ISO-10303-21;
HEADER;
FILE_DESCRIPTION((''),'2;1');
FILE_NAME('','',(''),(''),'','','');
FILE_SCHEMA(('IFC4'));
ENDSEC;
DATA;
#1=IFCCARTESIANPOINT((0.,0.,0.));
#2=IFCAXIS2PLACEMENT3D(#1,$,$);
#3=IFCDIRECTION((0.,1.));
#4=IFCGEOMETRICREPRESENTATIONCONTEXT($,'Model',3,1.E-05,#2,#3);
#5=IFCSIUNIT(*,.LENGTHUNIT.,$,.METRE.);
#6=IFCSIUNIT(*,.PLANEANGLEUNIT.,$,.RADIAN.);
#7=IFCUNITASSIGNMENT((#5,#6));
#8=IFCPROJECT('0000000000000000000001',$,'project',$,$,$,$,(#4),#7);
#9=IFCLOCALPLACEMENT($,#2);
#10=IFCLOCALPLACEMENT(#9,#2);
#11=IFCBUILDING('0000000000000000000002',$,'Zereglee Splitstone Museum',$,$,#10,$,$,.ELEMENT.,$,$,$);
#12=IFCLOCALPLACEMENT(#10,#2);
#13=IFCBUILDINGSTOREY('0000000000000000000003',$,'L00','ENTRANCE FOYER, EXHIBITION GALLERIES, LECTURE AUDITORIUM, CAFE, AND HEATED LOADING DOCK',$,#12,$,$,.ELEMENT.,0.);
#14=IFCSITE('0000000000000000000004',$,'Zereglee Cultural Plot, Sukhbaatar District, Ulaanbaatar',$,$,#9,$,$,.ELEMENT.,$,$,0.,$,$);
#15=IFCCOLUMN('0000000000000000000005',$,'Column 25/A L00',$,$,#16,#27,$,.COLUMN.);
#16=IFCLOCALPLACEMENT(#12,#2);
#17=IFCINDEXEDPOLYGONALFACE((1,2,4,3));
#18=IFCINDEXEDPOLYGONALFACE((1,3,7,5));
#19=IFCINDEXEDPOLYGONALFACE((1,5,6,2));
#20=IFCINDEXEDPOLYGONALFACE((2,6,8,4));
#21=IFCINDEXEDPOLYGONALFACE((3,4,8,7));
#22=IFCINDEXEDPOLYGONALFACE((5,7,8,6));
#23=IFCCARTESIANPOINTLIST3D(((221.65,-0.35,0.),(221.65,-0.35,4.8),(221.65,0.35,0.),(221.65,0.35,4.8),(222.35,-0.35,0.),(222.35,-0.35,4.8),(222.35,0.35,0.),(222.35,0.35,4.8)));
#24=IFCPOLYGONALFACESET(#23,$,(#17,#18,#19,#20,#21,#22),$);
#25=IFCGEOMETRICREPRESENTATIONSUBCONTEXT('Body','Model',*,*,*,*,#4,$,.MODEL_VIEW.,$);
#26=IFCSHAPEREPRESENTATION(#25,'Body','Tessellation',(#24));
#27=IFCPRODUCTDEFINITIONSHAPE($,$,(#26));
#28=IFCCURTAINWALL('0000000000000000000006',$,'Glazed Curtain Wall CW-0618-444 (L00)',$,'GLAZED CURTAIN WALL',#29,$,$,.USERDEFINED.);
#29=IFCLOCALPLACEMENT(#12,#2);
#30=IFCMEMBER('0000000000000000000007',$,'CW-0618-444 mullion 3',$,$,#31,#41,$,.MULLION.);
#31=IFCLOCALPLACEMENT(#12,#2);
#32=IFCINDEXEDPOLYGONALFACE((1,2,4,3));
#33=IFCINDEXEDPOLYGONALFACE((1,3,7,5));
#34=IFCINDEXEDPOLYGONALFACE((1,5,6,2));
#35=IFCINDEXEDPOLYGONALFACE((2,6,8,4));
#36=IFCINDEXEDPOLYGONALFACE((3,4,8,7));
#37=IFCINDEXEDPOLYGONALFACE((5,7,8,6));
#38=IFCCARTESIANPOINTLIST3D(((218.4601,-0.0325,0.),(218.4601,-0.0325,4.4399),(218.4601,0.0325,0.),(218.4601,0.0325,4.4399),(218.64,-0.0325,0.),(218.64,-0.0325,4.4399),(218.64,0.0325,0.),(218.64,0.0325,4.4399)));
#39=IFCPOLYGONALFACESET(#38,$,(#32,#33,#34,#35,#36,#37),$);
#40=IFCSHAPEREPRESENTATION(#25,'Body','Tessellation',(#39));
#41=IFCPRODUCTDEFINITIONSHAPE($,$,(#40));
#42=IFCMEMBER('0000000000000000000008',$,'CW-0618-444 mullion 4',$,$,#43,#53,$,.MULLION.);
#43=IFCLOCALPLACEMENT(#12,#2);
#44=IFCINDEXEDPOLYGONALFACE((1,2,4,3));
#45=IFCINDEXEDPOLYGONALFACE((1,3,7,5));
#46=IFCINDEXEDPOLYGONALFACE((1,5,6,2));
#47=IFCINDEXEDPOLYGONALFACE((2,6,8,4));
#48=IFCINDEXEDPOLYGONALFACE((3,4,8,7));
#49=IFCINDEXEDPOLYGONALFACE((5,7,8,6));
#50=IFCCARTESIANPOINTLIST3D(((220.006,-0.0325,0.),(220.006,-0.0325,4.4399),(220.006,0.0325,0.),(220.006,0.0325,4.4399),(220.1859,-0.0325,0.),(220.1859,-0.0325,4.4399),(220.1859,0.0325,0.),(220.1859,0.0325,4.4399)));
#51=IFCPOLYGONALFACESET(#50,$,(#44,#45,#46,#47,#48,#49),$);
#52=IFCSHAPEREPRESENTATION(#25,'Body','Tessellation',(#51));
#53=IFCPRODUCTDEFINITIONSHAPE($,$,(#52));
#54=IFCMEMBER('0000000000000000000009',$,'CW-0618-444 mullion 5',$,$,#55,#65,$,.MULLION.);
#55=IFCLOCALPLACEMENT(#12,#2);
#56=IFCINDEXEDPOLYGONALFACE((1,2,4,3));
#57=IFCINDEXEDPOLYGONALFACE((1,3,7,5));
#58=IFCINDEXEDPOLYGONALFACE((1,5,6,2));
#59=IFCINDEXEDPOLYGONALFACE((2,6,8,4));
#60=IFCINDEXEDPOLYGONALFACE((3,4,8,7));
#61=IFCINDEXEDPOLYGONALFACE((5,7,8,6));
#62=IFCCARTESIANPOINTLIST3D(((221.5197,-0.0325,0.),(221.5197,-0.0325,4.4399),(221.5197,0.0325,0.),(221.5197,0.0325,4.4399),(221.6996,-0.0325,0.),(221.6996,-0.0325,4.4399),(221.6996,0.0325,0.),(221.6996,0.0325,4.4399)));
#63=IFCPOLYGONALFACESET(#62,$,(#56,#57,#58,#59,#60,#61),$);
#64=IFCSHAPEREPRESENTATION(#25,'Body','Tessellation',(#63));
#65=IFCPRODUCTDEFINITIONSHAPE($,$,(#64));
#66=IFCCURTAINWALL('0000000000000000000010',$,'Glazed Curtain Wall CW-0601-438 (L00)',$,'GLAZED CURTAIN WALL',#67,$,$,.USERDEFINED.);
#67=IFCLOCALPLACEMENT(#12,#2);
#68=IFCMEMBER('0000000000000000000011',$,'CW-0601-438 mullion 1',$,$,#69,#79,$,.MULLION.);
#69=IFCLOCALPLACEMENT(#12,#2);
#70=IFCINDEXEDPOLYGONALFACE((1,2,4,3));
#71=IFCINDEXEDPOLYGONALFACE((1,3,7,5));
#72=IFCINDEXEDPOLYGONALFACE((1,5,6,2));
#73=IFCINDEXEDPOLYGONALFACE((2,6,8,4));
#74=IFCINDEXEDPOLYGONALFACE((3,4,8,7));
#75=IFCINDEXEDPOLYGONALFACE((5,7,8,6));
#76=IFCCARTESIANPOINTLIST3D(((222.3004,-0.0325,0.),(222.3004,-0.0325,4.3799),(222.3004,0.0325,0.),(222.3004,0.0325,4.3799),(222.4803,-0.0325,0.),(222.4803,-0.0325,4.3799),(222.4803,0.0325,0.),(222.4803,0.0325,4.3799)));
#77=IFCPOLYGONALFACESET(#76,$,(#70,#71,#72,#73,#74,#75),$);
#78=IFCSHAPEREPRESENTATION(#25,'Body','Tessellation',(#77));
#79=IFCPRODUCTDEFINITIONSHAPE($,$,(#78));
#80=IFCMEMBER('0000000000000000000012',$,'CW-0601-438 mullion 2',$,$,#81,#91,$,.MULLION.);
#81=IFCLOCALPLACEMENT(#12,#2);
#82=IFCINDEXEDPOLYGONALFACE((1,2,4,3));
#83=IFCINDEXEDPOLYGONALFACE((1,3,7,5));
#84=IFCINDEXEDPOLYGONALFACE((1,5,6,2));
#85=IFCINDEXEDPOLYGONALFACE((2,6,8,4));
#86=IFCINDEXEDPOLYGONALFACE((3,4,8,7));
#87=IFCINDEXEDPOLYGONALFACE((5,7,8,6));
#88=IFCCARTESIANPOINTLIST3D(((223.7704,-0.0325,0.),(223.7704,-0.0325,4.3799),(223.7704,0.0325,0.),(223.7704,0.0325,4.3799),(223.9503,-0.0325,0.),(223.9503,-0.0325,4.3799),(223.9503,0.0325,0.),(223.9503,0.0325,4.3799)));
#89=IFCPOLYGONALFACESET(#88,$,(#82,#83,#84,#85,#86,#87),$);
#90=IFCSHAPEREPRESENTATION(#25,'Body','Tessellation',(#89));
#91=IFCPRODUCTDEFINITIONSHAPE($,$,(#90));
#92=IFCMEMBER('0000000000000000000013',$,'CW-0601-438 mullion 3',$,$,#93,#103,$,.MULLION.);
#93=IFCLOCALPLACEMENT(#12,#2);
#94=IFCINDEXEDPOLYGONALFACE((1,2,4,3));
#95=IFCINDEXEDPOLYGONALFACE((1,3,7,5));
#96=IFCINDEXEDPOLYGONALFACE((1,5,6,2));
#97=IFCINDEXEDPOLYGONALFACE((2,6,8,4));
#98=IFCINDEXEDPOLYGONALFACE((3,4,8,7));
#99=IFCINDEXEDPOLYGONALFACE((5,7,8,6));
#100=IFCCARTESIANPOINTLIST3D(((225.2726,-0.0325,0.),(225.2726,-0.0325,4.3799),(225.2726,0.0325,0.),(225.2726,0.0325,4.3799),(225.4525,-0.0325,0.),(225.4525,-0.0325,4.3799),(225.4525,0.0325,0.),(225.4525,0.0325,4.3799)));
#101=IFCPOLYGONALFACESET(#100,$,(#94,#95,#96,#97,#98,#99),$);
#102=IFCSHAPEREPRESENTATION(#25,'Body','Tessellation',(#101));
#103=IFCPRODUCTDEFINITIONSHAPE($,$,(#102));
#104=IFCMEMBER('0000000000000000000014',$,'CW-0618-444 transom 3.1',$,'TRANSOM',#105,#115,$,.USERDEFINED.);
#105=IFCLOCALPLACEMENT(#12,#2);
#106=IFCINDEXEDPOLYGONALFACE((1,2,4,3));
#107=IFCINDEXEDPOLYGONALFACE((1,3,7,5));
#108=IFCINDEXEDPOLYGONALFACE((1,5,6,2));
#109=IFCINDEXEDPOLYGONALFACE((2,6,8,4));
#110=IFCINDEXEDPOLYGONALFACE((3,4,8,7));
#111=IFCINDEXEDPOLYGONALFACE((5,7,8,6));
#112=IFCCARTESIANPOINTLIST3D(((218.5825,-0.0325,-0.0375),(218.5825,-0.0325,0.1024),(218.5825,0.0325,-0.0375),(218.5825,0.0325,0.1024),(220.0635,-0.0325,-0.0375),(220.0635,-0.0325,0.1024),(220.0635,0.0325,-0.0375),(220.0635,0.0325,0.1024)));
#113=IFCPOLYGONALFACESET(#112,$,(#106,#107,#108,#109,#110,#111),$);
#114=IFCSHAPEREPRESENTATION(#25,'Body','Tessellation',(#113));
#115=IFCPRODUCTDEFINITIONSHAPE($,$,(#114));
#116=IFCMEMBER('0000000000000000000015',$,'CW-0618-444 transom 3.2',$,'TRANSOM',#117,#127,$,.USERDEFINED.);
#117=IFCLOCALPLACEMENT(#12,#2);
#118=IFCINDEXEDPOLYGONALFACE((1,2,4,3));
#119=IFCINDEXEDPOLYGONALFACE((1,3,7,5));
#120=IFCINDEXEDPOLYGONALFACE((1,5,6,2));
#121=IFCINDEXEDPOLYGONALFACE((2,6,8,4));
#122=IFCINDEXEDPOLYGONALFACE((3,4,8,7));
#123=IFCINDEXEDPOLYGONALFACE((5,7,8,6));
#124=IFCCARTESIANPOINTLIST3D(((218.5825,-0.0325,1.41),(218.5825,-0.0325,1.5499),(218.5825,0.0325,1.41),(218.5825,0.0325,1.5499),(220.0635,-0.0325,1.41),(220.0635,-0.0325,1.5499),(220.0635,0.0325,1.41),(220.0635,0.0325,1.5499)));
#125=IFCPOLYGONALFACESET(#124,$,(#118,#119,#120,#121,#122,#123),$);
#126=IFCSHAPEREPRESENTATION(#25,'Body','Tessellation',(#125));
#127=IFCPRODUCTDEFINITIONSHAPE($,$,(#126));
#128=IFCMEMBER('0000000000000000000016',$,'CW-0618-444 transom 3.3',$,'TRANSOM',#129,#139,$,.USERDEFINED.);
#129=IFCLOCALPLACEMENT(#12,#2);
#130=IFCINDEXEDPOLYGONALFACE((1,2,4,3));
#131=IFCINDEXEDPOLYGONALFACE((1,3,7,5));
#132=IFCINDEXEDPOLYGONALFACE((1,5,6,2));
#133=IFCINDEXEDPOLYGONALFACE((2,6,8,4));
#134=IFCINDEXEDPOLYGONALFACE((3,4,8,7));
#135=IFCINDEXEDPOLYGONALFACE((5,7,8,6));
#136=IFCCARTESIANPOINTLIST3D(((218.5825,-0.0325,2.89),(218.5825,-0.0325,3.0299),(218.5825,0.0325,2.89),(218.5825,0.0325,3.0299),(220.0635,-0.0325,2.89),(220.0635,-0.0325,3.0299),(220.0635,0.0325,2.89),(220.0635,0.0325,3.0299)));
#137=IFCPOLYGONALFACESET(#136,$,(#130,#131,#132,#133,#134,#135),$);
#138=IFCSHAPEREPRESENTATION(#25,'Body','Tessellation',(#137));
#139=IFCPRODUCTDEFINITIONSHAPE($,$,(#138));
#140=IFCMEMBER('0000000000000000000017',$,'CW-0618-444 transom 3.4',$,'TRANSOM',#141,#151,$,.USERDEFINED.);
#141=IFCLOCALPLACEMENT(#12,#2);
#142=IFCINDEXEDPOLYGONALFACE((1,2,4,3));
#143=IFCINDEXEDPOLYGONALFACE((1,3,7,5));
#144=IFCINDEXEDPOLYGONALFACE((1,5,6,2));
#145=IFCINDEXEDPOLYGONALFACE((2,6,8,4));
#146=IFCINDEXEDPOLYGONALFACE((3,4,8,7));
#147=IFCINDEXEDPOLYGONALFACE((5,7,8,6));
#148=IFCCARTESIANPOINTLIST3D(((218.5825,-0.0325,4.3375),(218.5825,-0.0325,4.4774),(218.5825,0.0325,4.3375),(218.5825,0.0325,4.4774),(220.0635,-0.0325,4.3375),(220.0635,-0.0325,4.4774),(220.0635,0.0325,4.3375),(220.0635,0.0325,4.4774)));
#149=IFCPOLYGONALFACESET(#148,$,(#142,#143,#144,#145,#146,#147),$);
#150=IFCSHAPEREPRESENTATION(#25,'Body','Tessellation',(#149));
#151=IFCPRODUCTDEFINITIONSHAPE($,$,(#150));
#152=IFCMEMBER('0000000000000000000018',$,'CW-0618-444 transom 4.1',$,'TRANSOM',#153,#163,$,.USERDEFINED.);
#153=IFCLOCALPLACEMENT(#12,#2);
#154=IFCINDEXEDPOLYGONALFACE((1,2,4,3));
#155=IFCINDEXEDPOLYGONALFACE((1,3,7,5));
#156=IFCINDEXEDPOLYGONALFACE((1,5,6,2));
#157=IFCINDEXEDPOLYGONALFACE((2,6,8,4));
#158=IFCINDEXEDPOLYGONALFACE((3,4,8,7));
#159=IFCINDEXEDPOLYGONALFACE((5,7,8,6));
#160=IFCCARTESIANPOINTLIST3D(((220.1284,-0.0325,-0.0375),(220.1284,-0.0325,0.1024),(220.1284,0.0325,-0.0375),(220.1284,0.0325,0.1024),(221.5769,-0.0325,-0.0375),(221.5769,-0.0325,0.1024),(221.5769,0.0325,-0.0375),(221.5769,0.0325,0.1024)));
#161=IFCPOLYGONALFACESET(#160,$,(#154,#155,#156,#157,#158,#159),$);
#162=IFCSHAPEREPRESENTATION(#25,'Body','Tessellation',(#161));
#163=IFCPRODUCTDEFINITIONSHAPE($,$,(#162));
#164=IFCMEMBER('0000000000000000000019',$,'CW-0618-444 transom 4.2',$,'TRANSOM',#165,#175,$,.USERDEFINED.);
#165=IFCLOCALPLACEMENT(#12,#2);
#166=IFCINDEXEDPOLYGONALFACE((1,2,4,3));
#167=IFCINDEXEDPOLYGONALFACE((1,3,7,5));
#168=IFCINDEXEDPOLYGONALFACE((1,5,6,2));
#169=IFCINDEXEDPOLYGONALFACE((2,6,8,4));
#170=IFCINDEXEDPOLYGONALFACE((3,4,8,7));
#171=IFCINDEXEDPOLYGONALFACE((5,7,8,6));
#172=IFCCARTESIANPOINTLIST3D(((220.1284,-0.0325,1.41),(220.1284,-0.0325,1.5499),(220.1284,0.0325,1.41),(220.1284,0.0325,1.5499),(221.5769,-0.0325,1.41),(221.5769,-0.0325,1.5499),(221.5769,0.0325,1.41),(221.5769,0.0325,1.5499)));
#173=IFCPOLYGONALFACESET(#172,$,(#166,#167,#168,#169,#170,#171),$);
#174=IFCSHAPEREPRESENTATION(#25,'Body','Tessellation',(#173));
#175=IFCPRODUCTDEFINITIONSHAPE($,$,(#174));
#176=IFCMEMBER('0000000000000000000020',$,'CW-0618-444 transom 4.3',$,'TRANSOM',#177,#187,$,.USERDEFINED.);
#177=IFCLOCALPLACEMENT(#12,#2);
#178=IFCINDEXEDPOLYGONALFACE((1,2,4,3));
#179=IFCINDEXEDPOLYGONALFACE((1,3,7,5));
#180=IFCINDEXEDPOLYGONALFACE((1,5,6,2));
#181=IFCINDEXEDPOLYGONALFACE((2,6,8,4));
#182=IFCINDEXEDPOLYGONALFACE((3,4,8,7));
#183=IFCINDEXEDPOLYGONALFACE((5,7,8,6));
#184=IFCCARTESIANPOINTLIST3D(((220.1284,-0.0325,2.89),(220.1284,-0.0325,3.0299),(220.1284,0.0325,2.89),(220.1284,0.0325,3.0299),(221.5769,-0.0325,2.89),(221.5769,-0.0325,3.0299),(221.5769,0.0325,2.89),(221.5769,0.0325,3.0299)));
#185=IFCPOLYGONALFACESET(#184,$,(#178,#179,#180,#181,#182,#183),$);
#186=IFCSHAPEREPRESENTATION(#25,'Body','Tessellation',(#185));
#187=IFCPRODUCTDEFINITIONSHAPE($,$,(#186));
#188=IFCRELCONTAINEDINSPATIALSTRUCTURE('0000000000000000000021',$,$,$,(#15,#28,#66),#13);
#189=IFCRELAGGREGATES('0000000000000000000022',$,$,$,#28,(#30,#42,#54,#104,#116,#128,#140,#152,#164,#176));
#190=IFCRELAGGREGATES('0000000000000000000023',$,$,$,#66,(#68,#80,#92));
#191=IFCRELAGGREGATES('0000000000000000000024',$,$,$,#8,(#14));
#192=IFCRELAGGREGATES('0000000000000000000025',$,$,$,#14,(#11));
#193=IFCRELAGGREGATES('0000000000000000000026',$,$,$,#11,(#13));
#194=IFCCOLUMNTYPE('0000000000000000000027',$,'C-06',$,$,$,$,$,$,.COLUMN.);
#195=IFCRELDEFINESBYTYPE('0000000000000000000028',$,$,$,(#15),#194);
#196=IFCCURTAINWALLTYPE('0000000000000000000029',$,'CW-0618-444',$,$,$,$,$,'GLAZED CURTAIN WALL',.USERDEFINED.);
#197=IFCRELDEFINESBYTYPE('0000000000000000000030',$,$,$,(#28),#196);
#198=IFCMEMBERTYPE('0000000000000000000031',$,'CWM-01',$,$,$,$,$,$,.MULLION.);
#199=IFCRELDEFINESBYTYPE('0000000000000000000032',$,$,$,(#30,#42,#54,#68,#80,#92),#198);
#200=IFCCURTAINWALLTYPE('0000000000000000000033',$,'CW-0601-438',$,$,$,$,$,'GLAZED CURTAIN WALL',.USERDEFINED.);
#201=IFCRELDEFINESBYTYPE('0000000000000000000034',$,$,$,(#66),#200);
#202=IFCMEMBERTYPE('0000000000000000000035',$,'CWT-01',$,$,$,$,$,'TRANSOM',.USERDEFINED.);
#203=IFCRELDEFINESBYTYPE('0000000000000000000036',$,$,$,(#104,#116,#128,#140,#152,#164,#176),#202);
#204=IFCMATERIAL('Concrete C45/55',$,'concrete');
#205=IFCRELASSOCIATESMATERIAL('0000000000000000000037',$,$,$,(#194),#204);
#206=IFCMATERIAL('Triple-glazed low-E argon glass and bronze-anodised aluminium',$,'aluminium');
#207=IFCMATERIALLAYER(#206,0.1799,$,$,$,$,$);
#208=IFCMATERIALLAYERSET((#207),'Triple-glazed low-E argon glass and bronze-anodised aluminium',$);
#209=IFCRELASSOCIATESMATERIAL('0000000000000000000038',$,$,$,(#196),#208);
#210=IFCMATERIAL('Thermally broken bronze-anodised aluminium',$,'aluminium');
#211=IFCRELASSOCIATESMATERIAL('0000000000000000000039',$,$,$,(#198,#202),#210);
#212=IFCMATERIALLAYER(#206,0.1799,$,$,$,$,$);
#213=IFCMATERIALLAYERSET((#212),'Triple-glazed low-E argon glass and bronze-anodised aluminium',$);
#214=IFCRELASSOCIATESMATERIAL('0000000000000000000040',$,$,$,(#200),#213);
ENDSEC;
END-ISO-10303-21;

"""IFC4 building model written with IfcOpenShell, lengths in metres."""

from ifc_helpers import new_model, si_unit, direction, frame, origin, origin_2d, place, context, subcontext, project, spatial, rectangle, extrude, material, layer, layer_set, material_profile, profile_set, type_object, element, aggregate, save


model = new_model("IFC4")

# Units and contexts
model_context = context("Model", 3, precision=1e-05, world=origin(), true_north=direction((0.0, 1.0)))
body_context = subcontext(model_context, "Body", "Model", "MODEL_VIEW")
ifc_project = project(units=[si_unit("LENGTHUNIT", "METRE"), si_unit("PLANEANGLEUNIT", "RADIAN")], contexts=[model_context])

# Site, building, storey
site_placement = place(None, origin())
site = spatial("IfcSite", under=ifc_project, at=site_placement, Name="Zereglee Cultural Plot, Sukhbaatar District, Ulaanbaatar", CompositionType="ELEMENT", RefElevation=0.0)
building_placement = place(site_placement, origin())
building = spatial("IfcBuilding", under=site, at=building_placement, Name="Zereglee Splitstone Museum", CompositionType="ELEMENT")
storey_placement = place(building_placement, origin())
storey = spatial("IfcBuildingStorey", under=building, at=storey_placement, Name="L00", Description="ENTRANCE FOYER, EXHIBITION GALLERIES, LECTURE AUDITORIUM, CAFE, AND HEATED LOADING DOCK", CompositionType="ELEMENT", Elevation=0.0)

# Column
ifc_material_1 = material(Name="Concrete C45/55", Category="concrete")
ifc_material_profile_1 = material_profile(ifc_material_1, rectangle(XDim=0.7, YDim=0.7, at=origin_2d()), Name="RC 700x700")
ifc_profile_set_1 = profile_set([ifc_material_profile_1], Name="Concrete C45/55")
column_type = type_object("IfcColumnType", Name="C-06", PredefinedType="COLUMN", material=ifc_profile_set_1)
column_placement = place(storey_placement, frame((222.0, 0.0, 0.0), z_axis=(0.0, 0.0, 1.0), x_axis=(1.0, 0.0, 0.0)))
element("IfcColumn", 1, at=column_placement, inside=storey, type_object=column_type, Name="Column 25/A L00", PredefinedType="COLUMN", context=body_context, shape_type="SweptSolid", body=[
    extrude(rectangle(XDim=0.7, YDim=0.7, at=origin_2d()), origin(), (0.0, 0.0, 1.0), 4.8),
])

# Curtain walls, members
ifc_material_2 = material(Name="Triple-glazed low-E argon glass and bronze-anodised aluminium", Category="aluminium")
ifc_layer_1 = layer(ifc_material_2, 0.1799)
ifc_layer_set_1 = layer_set([ifc_layer_1], Name="Triple-glazed low-E argon glass and bronze-anodised aluminium")
curtain_wall_type_1 = type_object("IfcCurtainWallType", Name="CW-0618-444", ElementType="GLAZED CURTAIN WALL", PredefinedType="USERDEFINED", material=ifc_layer_set_1)
curtain_wall_1_placement = place(storey_placement, origin())
curtain_wall_1 = element("IfcCurtainWall", 2, at=curtain_wall_1_placement, inside=storey, type_object=curtain_wall_type_1, Name="Glazed Curtain Wall CW-0618-444 (L00)", ObjectType="GLAZED CURTAIN WALL", PredefinedType="USERDEFINED")
ifc_material_3 = material(Name="Thermally broken bronze-anodised aluminium", Category="aluminium")
ifc_material_profile_2 = material_profile(ifc_material_3, rectangle(XDim=0.0649, YDim=0.1799, at=origin_2d()), Name="CW MULL 65x180")
ifc_profile_set_2 = profile_set([ifc_material_profile_2], Name="Thermally broken bronze-anodised aluminium")
member_type_1 = type_object("IfcMemberType", Name="CWM-01", PredefinedType="MULLION", material=ifc_profile_set_2)
member_1_placement = place(storey_placement, frame((218.55, 0.0, 0.0), z_axis=(0.0, 0.0, 1.0), x_axis=(0.0, 1.0, 0.0)))
member_1 = element("IfcMember", 3, at=member_1_placement, type_object=member_type_1, Name="CW-0618-444 mullion 3", PredefinedType="MULLION", context=body_context, shape_type="SweptSolid", body=[
    extrude(rectangle(XDim=0.0649, YDim=0.1799, at=origin_2d()), origin(), (0.0, 0.0, 1.0), 4.4399),
])
member_2_placement = place(storey_placement, frame((220.0959, 0.0, 0.0), z_axis=(0.0, 0.0, 1.0), x_axis=(0.0, 1.0, 0.0)))
member_2 = element("IfcMember", 4, at=member_2_placement, type_object=member_type_1, Name="CW-0618-444 mullion 4", PredefinedType="MULLION", context=body_context, shape_type="SweptSolid", body=[
    extrude(rectangle(XDim=0.0649, YDim=0.1799, at=origin_2d()), origin(), (0.0, 0.0, 1.0), 4.4399),
])
member_3_placement = place(storey_placement, frame((221.6096, 0.0, 0.0), z_axis=(0.0, 0.0, 1.0), x_axis=(0.0, 1.0, 0.0)))
member_3 = element("IfcMember", 5, at=member_3_placement, type_object=member_type_1, Name="CW-0618-444 mullion 5", PredefinedType="MULLION", context=body_context, shape_type="SweptSolid", body=[
    extrude(rectangle(XDim=0.0649, YDim=0.1799, at=origin_2d()), origin(), (0.0, 0.0, 1.0), 4.4399),
])
ifc_layer_2 = layer(ifc_material_2, 0.1799)
ifc_layer_set_2 = layer_set([ifc_layer_2], Name="Triple-glazed low-E argon glass and bronze-anodised aluminium")
curtain_wall_type_2 = type_object("IfcCurtainWallType", Name="CW-0601-438", ElementType="GLAZED CURTAIN WALL", PredefinedType="USERDEFINED", material=ifc_layer_set_2)
curtain_wall_2_placement = place(storey_placement, origin())
curtain_wall_2 = element("IfcCurtainWall", 6, at=curtain_wall_2_placement, inside=storey, type_object=curtain_wall_type_2, Name="Glazed Curtain Wall CW-0601-438 (L00)", ObjectType="GLAZED CURTAIN WALL", PredefinedType="USERDEFINED")
member_4_placement = place(storey_placement, frame((222.3904, 0.0, 0.0), z_axis=(0.0, 0.0, 1.0), x_axis=(0.0, 1.0, 0.0)))
member_4 = element("IfcMember", 7, at=member_4_placement, type_object=member_type_1, Name="CW-0601-438 mullion 1", PredefinedType="MULLION", context=body_context, shape_type="SweptSolid", body=[
    extrude(rectangle(XDim=0.0649, YDim=0.1799, at=origin_2d()), origin(), (0.0, 0.0, 1.0), 4.3799),
])
member_5_placement = place(storey_placement, frame((223.8604, 0.0, 0.0), z_axis=(0.0, 0.0, 1.0), x_axis=(0.0, 1.0, 0.0)))
member_5 = element("IfcMember", 8, at=member_5_placement, type_object=member_type_1, Name="CW-0601-438 mullion 2", PredefinedType="MULLION", context=body_context, shape_type="SweptSolid", body=[
    extrude(rectangle(XDim=0.0649, YDim=0.1799, at=origin_2d()), origin(), (0.0, 0.0, 1.0), 4.3799),
])
member_6_placement = place(storey_placement, frame((225.3625, 0.0, 0.0), z_axis=(0.0, 0.0, 1.0), x_axis=(0.0, 1.0, 0.0)))
member_6 = element("IfcMember", 9, at=member_6_placement, type_object=member_type_1, Name="CW-0601-438 mullion 3", PredefinedType="MULLION", context=body_context, shape_type="SweptSolid", body=[
    extrude(rectangle(XDim=0.0649, YDim=0.1799, at=origin_2d()), origin(), (0.0, 0.0, 1.0), 4.3799),
])

# Members
ifc_material_profile_3 = material_profile(ifc_material_3, rectangle(XDim=0.0649, YDim=0.1399, at=origin_2d()), Name="CW TRAN 65x140")
ifc_profile_set_3 = profile_set([ifc_material_profile_3], Name="Thermally broken bronze-anodised aluminium")
member_type_2 = type_object("IfcMemberType", Name="CWT-01", ElementType="TRANSOM", PredefinedType="USERDEFINED", material=ifc_profile_set_3)
member_7_placement = place(storey_placement, frame((218.5825, 0.0, 0.0325), z_axis=(1.0, 0.0, 0.0), x_axis=(0.0, 1.0, 0.0)))
member_7 = element("IfcMember", 10, at=member_7_placement, type_object=member_type_2, Name="CW-0618-444 transom 3.1", ObjectType="TRANSOM", PredefinedType="USERDEFINED", context=body_context, shape_type="SweptSolid", body=[
    extrude(rectangle(XDim=0.0649, YDim=0.1399, at=origin_2d()), origin(), (0.0, 0.0, 1.0), 1.481),
])
member_8_placement = place(storey_placement, frame((218.5825, 0.0, 1.48), z_axis=(1.0, 0.0, 0.0), x_axis=(0.0, 1.0, 0.0)))
member_8 = element("IfcMember", 11, at=member_8_placement, type_object=member_type_2, Name="CW-0618-444 transom 3.2", ObjectType="TRANSOM", PredefinedType="USERDEFINED", context=body_context, shape_type="SweptSolid", body=[
    extrude(rectangle(XDim=0.0649, YDim=0.1399, at=origin_2d()), origin(), (0.0, 0.0, 1.0), 1.481),
])
member_9_placement = place(storey_placement, frame((218.5825, 0.0, 2.96), z_axis=(1.0, 0.0, 0.0), x_axis=(0.0, 1.0, 0.0)))
member_9 = element("IfcMember", 12, at=member_9_placement, type_object=member_type_2, Name="CW-0618-444 transom 3.3", ObjectType="TRANSOM", PredefinedType="USERDEFINED", context=body_context, shape_type="SweptSolid", body=[
    extrude(rectangle(XDim=0.0649, YDim=0.1399, at=origin_2d()), origin(), (0.0, 0.0, 1.0), 1.481),
])
member_10_placement = place(storey_placement, frame((218.5825, 0.0, 4.4075), z_axis=(1.0, 0.0, 0.0), x_axis=(0.0, 1.0, 0.0)))
member_10 = element("IfcMember", 13, at=member_10_placement, type_object=member_type_2, Name="CW-0618-444 transom 3.4", ObjectType="TRANSOM", PredefinedType="USERDEFINED", context=body_context, shape_type="SweptSolid", body=[
    extrude(rectangle(XDim=0.0649, YDim=0.1399, at=origin_2d()), origin(), (0.0, 0.0, 1.0), 1.481),
])
member_11_placement = place(storey_placement, frame((220.1284, 0.0, 0.0325), z_axis=(1.0, 0.0, 0.0), x_axis=(0.0, 1.0, 0.0)))
member_11 = element("IfcMember", 14, at=member_11_placement, type_object=member_type_2, Name="CW-0618-444 transom 4.1", ObjectType="TRANSOM", PredefinedType="USERDEFINED", context=body_context, shape_type="SweptSolid", body=[
    extrude(rectangle(XDim=0.0649, YDim=0.1399, at=origin_2d()), origin(), (0.0, 0.0, 1.0), 1.4485),
])
member_12_placement = place(storey_placement, frame((220.1284, 0.0, 1.48), z_axis=(1.0, 0.0, 0.0), x_axis=(0.0, 1.0, 0.0)))
member_12 = element("IfcMember", 15, at=member_12_placement, type_object=member_type_2, Name="CW-0618-444 transom 4.2", ObjectType="TRANSOM", PredefinedType="USERDEFINED", context=body_context, shape_type="SweptSolid", body=[
    extrude(rectangle(XDim=0.0649, YDim=0.1399, at=origin_2d()), origin(), (0.0, 0.0, 1.0), 1.4485),
])
member_13_placement = place(storey_placement, frame((220.1284, 0.0, 2.96), z_axis=(1.0, 0.0, 0.0), x_axis=(0.0, 1.0, 0.0)))
member_13 = element("IfcMember", 16, at=member_13_placement, type_object=member_type_2, Name="CW-0618-444 transom 4.3", ObjectType="TRANSOM", PredefinedType="USERDEFINED", context=body_context, shape_type="SweptSolid", body=[
    extrude(rectangle(XDim=0.0649, YDim=0.1399, at=origin_2d()), origin(), (0.0, 0.0, 1.0), 1.4485),
])

aggregate(curtain_wall_1, [member_1, member_2, member_3, member_7, member_8, member_9, member_10, member_11, member_12, member_13])
aggregate(curtain_wall_2, [member_4, member_5, member_6])

save(model, "model.ifc")
